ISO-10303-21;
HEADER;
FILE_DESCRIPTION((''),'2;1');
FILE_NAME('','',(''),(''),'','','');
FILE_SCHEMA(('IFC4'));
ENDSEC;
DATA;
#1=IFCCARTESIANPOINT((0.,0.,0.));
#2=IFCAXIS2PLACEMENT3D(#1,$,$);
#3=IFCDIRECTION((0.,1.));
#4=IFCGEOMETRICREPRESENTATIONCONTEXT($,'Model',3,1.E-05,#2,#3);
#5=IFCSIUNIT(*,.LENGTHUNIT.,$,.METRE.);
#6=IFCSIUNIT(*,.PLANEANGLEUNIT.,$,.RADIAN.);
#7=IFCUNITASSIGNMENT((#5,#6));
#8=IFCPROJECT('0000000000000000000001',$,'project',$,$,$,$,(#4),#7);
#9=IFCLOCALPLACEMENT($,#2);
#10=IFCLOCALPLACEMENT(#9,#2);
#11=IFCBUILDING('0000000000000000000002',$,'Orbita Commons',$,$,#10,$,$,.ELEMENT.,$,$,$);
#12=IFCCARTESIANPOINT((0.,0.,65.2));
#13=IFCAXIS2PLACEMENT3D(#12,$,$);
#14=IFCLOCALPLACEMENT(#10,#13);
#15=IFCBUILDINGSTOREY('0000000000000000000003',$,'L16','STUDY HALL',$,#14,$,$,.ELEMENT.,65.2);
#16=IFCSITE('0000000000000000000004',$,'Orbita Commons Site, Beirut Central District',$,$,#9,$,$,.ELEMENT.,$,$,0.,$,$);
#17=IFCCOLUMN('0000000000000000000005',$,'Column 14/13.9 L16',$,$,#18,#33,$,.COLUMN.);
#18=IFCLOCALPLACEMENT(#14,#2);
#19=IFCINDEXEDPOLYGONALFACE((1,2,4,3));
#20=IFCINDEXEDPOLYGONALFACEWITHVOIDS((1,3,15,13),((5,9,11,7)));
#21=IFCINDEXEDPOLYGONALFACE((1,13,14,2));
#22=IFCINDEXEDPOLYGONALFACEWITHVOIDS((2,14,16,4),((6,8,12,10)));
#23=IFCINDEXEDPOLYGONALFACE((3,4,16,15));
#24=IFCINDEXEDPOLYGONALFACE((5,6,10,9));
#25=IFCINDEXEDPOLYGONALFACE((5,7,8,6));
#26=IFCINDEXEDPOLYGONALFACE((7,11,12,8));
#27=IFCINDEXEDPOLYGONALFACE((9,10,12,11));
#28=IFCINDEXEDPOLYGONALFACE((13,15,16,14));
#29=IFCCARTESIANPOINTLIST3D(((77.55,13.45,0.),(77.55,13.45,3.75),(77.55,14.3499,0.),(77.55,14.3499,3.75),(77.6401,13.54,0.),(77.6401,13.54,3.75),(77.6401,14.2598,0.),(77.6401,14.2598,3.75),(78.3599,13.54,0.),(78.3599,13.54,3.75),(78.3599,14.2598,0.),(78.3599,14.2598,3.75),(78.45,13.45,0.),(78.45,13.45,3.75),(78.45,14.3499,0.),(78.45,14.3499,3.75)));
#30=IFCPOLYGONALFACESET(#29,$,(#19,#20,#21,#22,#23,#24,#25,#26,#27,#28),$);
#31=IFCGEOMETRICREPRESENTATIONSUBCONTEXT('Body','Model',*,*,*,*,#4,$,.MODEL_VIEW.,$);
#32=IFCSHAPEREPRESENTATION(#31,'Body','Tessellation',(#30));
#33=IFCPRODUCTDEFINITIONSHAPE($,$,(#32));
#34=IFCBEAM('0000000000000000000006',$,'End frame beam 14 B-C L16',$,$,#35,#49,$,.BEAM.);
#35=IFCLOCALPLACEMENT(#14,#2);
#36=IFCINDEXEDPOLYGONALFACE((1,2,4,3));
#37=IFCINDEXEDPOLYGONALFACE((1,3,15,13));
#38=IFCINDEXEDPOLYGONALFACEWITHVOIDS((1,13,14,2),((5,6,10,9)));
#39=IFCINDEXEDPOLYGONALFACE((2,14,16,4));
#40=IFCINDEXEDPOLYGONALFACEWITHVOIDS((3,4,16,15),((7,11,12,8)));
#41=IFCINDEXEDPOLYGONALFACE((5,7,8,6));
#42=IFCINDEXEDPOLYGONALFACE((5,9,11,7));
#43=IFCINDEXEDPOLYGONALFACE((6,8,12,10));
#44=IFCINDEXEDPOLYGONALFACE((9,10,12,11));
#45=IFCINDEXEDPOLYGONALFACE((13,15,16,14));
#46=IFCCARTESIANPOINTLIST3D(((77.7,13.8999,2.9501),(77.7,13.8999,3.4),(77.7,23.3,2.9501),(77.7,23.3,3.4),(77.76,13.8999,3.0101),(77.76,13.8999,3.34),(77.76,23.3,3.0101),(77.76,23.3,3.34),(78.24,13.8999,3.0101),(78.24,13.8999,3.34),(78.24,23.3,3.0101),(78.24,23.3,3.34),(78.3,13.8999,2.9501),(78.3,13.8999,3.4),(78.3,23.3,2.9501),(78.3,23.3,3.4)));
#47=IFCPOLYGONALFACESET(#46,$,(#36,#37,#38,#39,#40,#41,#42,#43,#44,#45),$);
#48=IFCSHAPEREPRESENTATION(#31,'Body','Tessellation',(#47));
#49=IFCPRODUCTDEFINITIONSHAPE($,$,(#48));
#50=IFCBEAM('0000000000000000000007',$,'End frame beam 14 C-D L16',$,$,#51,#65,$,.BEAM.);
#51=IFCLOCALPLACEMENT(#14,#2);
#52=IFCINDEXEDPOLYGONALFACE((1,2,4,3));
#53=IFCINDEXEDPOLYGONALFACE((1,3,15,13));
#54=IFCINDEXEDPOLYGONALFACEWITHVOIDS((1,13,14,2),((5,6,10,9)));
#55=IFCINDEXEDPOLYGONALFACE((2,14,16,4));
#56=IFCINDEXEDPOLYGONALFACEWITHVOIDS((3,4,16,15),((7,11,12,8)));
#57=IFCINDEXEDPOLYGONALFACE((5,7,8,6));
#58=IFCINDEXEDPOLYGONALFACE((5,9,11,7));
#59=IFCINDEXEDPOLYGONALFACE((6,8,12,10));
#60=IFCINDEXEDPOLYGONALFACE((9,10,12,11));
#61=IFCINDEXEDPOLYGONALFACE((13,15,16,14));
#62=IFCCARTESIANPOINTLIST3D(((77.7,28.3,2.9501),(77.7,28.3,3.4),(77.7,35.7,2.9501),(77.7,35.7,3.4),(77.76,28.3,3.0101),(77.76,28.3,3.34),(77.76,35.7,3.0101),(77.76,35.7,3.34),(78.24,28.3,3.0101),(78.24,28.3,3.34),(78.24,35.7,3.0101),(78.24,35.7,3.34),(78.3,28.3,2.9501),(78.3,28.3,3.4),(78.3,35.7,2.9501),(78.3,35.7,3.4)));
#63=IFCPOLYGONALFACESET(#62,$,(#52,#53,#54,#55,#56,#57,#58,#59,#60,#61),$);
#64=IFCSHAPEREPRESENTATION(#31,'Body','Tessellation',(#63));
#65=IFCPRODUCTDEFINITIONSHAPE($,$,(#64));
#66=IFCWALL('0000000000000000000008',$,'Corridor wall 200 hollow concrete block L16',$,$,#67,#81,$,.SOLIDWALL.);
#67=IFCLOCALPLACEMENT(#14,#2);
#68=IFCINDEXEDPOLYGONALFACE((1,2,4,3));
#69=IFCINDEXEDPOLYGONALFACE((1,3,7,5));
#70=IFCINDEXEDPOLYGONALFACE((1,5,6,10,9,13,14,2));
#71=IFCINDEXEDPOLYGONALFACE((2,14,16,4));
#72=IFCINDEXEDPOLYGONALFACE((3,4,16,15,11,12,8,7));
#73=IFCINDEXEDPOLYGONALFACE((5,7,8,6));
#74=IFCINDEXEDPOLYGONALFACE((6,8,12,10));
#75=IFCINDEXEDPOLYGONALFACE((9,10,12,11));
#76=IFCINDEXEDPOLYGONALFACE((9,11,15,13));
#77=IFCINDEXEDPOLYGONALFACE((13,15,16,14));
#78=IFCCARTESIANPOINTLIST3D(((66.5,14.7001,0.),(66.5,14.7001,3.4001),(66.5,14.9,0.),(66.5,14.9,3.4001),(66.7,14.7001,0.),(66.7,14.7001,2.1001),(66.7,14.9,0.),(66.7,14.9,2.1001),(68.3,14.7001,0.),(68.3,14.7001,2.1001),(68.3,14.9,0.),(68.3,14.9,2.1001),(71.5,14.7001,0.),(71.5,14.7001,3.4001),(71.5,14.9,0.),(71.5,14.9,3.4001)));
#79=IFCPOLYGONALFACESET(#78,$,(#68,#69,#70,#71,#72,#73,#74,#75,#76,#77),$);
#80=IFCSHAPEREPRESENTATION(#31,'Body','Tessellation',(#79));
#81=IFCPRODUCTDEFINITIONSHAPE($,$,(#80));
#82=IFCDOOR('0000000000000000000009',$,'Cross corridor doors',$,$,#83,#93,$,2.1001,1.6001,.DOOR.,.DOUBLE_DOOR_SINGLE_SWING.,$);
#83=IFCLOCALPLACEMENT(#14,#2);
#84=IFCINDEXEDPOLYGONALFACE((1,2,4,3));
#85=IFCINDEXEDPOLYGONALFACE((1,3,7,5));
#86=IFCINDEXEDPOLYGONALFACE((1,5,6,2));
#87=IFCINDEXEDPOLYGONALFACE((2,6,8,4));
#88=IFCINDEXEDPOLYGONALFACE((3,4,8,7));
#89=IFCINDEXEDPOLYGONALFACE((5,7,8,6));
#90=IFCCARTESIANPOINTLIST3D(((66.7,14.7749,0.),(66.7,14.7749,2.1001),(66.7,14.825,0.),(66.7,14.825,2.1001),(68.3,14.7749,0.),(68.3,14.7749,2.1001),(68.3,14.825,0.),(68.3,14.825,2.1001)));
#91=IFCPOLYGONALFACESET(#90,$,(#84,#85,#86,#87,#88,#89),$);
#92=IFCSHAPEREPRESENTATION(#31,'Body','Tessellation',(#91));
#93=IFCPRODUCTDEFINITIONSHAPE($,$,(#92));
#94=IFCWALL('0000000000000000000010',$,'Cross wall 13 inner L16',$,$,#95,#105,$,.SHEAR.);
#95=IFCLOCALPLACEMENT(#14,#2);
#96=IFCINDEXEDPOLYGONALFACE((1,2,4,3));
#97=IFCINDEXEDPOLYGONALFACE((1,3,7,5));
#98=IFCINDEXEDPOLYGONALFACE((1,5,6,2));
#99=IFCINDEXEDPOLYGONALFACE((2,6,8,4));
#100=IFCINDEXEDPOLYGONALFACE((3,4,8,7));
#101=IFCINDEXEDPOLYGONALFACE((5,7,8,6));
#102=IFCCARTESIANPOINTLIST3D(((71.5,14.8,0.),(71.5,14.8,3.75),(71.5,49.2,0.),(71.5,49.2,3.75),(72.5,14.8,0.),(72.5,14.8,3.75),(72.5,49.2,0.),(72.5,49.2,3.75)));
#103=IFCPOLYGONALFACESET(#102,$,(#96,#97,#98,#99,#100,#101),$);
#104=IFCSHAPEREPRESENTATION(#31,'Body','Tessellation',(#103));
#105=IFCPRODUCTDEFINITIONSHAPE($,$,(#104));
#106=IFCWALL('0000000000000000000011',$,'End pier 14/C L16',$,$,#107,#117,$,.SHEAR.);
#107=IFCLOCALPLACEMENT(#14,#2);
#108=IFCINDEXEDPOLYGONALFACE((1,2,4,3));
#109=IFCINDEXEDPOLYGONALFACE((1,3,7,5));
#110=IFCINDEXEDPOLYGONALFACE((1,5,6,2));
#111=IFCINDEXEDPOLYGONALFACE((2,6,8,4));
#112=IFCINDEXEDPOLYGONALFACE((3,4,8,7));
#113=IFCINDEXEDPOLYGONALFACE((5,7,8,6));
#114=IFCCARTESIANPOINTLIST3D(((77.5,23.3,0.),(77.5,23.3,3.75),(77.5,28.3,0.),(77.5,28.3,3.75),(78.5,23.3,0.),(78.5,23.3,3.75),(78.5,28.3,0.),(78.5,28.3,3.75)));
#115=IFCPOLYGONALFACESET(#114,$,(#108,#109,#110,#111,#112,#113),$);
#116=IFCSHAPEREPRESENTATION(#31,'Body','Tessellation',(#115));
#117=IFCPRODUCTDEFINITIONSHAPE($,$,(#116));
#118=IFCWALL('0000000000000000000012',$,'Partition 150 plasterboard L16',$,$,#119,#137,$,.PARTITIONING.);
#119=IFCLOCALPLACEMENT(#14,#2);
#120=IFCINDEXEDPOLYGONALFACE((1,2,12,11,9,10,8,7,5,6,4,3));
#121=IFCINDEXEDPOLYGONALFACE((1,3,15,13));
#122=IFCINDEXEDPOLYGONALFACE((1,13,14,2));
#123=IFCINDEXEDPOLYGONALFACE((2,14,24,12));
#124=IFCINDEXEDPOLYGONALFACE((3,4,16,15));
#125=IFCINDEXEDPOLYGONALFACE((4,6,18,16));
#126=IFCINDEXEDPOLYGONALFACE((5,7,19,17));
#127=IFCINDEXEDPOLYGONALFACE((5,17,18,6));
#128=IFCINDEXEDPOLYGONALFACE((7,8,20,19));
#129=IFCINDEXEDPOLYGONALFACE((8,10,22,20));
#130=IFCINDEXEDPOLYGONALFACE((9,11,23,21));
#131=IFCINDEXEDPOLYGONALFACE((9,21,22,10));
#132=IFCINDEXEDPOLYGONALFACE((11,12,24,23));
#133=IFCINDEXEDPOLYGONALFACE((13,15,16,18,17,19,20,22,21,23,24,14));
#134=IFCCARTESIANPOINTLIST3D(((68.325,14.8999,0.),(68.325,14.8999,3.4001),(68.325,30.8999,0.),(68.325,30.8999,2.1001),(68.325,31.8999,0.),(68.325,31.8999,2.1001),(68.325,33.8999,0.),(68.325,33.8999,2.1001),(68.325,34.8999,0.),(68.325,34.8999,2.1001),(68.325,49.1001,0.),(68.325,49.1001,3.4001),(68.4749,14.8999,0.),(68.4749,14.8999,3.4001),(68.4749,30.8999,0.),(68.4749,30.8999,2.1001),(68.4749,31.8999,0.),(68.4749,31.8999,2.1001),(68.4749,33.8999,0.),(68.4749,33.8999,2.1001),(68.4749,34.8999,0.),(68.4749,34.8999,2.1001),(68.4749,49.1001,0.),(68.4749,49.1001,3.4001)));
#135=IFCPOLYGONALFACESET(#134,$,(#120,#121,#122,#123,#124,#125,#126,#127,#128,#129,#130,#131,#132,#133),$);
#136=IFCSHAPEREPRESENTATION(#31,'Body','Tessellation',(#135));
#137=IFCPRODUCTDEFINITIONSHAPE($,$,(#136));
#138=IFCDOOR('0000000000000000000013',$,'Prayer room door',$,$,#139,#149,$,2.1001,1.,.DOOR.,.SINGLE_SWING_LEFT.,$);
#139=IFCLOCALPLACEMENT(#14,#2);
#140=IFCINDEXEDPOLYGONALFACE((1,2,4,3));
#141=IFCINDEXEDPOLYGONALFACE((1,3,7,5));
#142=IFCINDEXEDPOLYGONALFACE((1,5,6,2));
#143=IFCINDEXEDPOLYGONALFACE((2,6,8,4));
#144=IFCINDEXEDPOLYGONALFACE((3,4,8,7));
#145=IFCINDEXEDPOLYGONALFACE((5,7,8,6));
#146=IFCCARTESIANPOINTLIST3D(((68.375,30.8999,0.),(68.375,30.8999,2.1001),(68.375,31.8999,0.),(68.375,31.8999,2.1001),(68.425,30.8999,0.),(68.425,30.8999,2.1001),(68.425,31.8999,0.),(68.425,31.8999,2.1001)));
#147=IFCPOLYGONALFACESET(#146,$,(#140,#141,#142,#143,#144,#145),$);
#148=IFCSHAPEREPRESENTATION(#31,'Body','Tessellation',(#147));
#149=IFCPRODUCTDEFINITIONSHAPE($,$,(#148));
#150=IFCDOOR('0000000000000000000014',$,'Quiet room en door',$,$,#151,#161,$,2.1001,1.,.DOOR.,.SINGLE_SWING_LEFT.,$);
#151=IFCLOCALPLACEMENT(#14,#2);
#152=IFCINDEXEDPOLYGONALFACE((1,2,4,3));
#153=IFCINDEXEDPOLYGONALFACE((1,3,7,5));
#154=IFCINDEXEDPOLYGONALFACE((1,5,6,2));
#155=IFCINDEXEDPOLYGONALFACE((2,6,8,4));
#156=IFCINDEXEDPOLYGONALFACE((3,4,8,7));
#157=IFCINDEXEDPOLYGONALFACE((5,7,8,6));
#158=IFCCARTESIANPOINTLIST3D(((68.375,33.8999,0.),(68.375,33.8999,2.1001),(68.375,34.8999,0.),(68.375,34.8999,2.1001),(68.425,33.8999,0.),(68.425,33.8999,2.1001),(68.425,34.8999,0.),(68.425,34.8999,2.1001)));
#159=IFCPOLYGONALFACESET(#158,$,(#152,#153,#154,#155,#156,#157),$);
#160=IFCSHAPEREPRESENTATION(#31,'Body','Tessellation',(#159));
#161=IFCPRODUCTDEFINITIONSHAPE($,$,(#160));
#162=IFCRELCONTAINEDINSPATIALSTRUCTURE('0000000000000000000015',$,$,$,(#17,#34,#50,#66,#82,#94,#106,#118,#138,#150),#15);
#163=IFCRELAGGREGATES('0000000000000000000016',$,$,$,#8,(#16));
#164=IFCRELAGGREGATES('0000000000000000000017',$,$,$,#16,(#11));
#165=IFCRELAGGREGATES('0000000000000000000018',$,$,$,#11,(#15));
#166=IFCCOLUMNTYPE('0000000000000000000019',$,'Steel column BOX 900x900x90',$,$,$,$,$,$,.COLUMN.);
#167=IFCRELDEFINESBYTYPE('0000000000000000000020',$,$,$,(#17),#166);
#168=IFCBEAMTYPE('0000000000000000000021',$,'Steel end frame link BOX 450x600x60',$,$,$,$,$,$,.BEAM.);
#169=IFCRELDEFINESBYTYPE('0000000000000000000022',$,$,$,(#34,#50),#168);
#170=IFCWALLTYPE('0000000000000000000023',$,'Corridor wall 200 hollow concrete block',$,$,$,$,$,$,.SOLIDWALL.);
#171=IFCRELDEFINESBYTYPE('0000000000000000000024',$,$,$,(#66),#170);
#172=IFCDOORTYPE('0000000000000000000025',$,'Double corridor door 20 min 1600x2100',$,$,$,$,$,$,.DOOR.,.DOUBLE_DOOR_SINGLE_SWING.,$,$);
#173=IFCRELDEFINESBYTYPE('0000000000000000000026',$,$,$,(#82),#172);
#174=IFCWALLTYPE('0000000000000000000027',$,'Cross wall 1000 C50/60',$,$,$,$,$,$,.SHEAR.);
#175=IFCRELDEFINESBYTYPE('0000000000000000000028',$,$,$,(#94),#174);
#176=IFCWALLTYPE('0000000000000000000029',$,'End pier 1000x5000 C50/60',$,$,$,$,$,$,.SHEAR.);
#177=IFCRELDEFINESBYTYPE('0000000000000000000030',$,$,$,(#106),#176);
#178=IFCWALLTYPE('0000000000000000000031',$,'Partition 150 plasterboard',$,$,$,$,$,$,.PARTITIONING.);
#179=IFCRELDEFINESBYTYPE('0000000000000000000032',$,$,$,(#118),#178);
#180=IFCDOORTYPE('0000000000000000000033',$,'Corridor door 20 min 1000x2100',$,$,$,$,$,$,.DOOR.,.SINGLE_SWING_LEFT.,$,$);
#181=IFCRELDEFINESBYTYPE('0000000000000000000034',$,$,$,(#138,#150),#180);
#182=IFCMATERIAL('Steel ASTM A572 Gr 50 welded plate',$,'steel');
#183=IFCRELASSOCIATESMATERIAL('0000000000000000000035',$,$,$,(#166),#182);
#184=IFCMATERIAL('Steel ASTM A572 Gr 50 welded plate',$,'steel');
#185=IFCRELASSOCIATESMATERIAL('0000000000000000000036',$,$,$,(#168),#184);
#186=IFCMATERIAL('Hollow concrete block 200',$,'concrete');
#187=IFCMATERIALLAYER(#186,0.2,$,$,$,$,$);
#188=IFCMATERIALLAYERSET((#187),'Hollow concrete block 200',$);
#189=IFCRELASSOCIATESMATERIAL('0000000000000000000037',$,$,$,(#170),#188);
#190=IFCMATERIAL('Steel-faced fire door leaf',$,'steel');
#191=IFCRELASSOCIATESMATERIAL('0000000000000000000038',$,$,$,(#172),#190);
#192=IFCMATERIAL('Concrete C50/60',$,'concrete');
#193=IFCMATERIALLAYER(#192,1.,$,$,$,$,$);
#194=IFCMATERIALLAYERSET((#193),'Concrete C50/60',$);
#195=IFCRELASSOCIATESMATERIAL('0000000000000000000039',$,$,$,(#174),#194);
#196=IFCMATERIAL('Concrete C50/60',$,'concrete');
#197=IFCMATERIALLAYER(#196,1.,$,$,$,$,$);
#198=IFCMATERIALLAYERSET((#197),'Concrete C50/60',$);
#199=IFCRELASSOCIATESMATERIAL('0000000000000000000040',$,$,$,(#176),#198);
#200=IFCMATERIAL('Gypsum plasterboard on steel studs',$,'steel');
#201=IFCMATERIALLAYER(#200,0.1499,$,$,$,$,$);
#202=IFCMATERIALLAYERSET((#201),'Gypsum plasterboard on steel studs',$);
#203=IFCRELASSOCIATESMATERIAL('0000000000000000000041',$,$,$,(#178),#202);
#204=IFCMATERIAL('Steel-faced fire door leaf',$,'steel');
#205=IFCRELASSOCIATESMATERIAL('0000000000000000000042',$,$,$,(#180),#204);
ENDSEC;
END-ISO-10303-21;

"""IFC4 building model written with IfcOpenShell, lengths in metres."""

from ifc_helpers import new_model, si_unit, direction, frame, frame_2d, origin, origin_2d, place, context, subcontext, project, spatial, rectangle, hollow_rectangle, extrude, material, layer, layer_set, material_profile, profile_set, type_object, element, fill, save


model = new_model("IFC4")

# Units and contexts
model_context = context("Model", 3, precision=1e-05, world=origin(), true_north=direction((0.0, 1.0)))
body_context = subcontext(model_context, "Body", "Model", "MODEL_VIEW")
ifc_project = project(units=[si_unit("LENGTHUNIT", "METRE"), si_unit("PLANEANGLEUNIT", "RADIAN")], contexts=[model_context])

# Site, building, storey
site_placement = place(None, origin())
site = spatial("IfcSite", under=ifc_project, at=site_placement, Name="Orbita Commons Site, Beirut Central District", CompositionType="ELEMENT", RefElevation=0.0)
building_placement = place(site_placement, origin())
building = spatial("IfcBuilding", under=site, at=building_placement, Name="Orbita Commons", CompositionType="ELEMENT")
storey_placement = place(building_placement, frame((0.0, 0.0, 65.2)))
storey = spatial("IfcBuildingStorey", under=building, at=storey_placement, Name="L16", Description="STUDY HALL", CompositionType="ELEMENT", Elevation=65.2)

# Column
ifc_material_1 = material(Name="Steel ASTM A572 Gr 50 welded plate", Category="steel")
ifc_material_profile_1 = material_profile(ifc_material_1, hollow_rectangle(XDim=0.8999, YDim=0.8999, WallThickness=0.0901, at=origin_2d()), Name="BOX 900x900x90")
ifc_profile_set_1 = profile_set([ifc_material_profile_1], Name="Steel ASTM A572 Gr 50 welded plate")
column_type = type_object("IfcColumnType", Name="Steel column BOX 900x900x90", PredefinedType="COLUMN", material=ifc_profile_set_1)
column_placement = place(storey_placement, frame((78.0, 13.8999, 0.0), z_axis=(0.0, 0.0, 1.0), x_axis=(1.0, 0.0, 0.0)))
element("IfcColumn", 1, at=column_placement, inside=storey, type_object=column_type, Name="Column 14/13.9 L16", PredefinedType="COLUMN", context=body_context, shape_type="SweptSolid", body=[
    extrude(hollow_rectangle(XDim=0.8999, YDim=0.8999, WallThickness=0.0901, at=origin_2d()), origin(), (0.0, 0.0, 1.0), 3.75),
])

# Beams
ifc_material_2 = material(Name="Steel ASTM A572 Gr 50 welded plate", Category="steel")
ifc_material_profile_2 = material_profile(ifc_material_2, hollow_rectangle(XDim=0.6001, YDim=0.45, WallThickness=0.0601, at=origin_2d()), Name="BOX 450x600x60")
ifc_profile_set_2 = profile_set([ifc_material_profile_2], Name="Steel ASTM A572 Gr 50 welded plate")
beam_type = type_object("IfcBeamType", Name="Steel end frame link BOX 450x600x60", PredefinedType="BEAM", material=ifc_profile_set_2)
beam_1_placement = place(storey_placement, frame((78.0, 13.8999, 3.175), z_axis=(0.0, 1.0, 0.0), x_axis=(-1.0, 0.0, 0.0)))
element("IfcBeam", 2, at=beam_1_placement, inside=storey, type_object=beam_type, Name="End frame beam 14 B-C L16", PredefinedType="BEAM", context=body_context, shape_type="SweptSolid", body=[
    extrude(hollow_rectangle(XDim=0.6001, YDim=0.45, WallThickness=0.0601, at=origin_2d()), origin(), (0.0, 0.0, 1.0), 9.4001),
])
beam_2_placement = place(storey_placement, frame((78.0, 28.3, 3.175), z_axis=(0.0, 1.0, 0.0), x_axis=(-1.0, 0.0, 0.0)))
element("IfcBeam", 3, at=beam_2_placement, inside=storey, type_object=beam_type, Name="End frame beam 14 C-D L16", PredefinedType="BEAM", context=body_context, shape_type="SweptSolid", body=[
    extrude(hollow_rectangle(XDim=0.6001, YDim=0.45, WallThickness=0.0601, at=origin_2d()), origin(), (0.0, 0.0, 1.0), 7.3999),
])

# Wall, opening, door
ifc_material_3 = material(Name="Hollow concrete block 200", Category="concrete")
ifc_layer_1 = layer(ifc_material_3, 0.2)
ifc_layer_set_1 = layer_set([ifc_layer_1], Name="Hollow concrete block 200")
wall_type_1 = type_object("IfcWallType", Name="Corridor wall 200 hollow concrete block", PredefinedType="SOLIDWALL", material=ifc_layer_set_1)
wall_1_placement = place(storey_placement, frame((66.5, 14.8, 0.0), z_axis=(0.0, 0.0, 1.0), x_axis=(1.0, 0.0, 0.0)))
wall_1 = element("IfcWall", 4, at=wall_1_placement, inside=storey, type_object=wall_type_1, Name="Corridor wall 200 hollow concrete block L16", PredefinedType="SOLIDWALL", context=body_context, shape_type="SweptSolid", body=[
    extrude(rectangle(XDim=5.0, YDim=0.2, at=frame_2d((2.5, 0.0))), origin(), (0.0, 0.0, 1.0), 3.4001),
])
opening_1_placement = place(wall_1_placement, frame((0.2, 0.0, 0.0)))
opening_1 = element("IfcOpeningElement", 5, at=opening_1_placement, cuts=wall_1, PredefinedType="OPENING", context=body_context, shape_type="SweptSolid", body=[
    extrude(rectangle(XDim=1.6001, YDim=2.1001, at=frame_2d((0.8, 1.05))), frame((0.0, 0.1099, 0.0), z_axis=(0.0, -1.0, 0.0), x_axis=(1.0, 0.0, 0.0)), (0.0, 0.0, 1.0), 0.22),
])
ifc_material_4 = material(Name="Steel-faced fire door leaf", Category="steel")
door_type_1 = type_object("IfcDoorType", Name="Double corridor door 20 min 1600x2100", OperationType="DOUBLE_DOOR_SINGLE_SWING", PredefinedType="DOOR", material=ifc_material_4)
door_1_placement = place(opening_1_placement, origin())
door_1 = element("IfcDoor", 6, at=door_1_placement, inside=storey, type_object=door_type_1, Name="Cross corridor doors", OperationType="DOUBLE_DOOR_SINGLE_SWING", OverallHeight=2.1001, OverallWidth=1.6001, PredefinedType="DOOR", context=body_context, shape_type="SweptSolid", body=[
    extrude(rectangle(XDim=1.6001, YDim=2.1001, at=frame_2d((0.8, 1.05))), frame((0.0, 0.0249, 0.0), z_axis=(0.0, -1.0, 0.0), x_axis=(1.0, 0.0, 0.0)), (0.0, 0.0, 1.0), 0.05),
])
fill(opening_1, door_1)

# Walls
ifc_material_5 = material(Name="Concrete C50/60", Category="concrete")
ifc_layer_2 = layer(ifc_material_5, 1.0)
ifc_layer_set_2 = layer_set([ifc_layer_2], Name="Concrete C50/60")
wall_type_2 = type_object("IfcWallType", Name="Cross wall 1000 C50/60", PredefinedType="SHEAR", material=ifc_layer_set_2)
wall_2_placement = place(storey_placement, frame((72.0, 14.8, 0.0), z_axis=(0.0, 0.0, 1.0), x_axis=(0.0, 1.0, 0.0)))
element("IfcWall", 7, at=wall_2_placement, inside=storey, type_object=wall_type_2, Name="Cross wall 13 inner L16", PredefinedType="SHEAR", context=body_context, shape_type="SweptSolid", body=[
    extrude(rectangle(XDim=34.3999, YDim=1.0, at=frame_2d((17.2, 0.0))), origin(), (0.0, 0.0, 1.0), 3.75),
])
ifc_material_6 = material(Name="Concrete C50/60", Category="concrete")
ifc_layer_3 = layer(ifc_material_6, 1.0)
ifc_layer_set_3 = layer_set([ifc_layer_3], Name="Concrete C50/60")
wall_type_3 = type_object("IfcWallType", Name="End pier 1000x5000 C50/60", PredefinedType="SHEAR", material=ifc_layer_set_3)
wall_3_placement = place(storey_placement, frame((78.0, 23.3, 0.0), z_axis=(0.0, 0.0, 1.0), x_axis=(0.0, 1.0, 0.0)))
element("IfcWall", 8, at=wall_3_placement, inside=storey, type_object=wall_type_3, Name="End pier 14/C L16", PredefinedType="SHEAR", context=body_context, shape_type="SweptSolid", body=[
    extrude(rectangle(XDim=5.0, YDim=1.0, at=frame_2d((2.5, 0.0))), origin(), (0.0, 0.0, 1.0), 3.75),
])

# Wall, openings, doors
ifc_material_7 = material(Name="Gypsum plasterboard on steel studs", Category="steel")
ifc_layer_4 = layer(ifc_material_7, 0.1499)
ifc_layer_set_4 = layer_set([ifc_layer_4], Name="Gypsum plasterboard on steel studs")
wall_type_4 = type_object("IfcWallType", Name="Partition 150 plasterboard", PredefinedType="PARTITIONING", material=ifc_layer_set_4)
wall_4_placement = place(storey_placement, frame((68.3999, 14.8999, 0.0), z_axis=(0.0, 0.0, 1.0), x_axis=(0.0, 1.0, 0.0)))
wall_4 = element("IfcWall", 9, at=wall_4_placement, inside=storey, type_object=wall_type_4, Name="Partition 150 plasterboard L16", PredefinedType="PARTITIONING", context=body_context, shape_type="SweptSolid", body=[
    extrude(rectangle(XDim=34.2002, YDim=0.1499, at=frame_2d((17.1001, 0.0))), origin(), (0.0, 0.0, 1.0), 3.4001),
])
opening_2_placement = place(wall_4_placement, frame((16.0, 0.0, 0.0)))
opening_2 = element("IfcOpeningElement", 10, at=opening_2_placement, cuts=wall_4, PredefinedType="OPENING", context=body_context, shape_type="SweptSolid", body=[
    extrude(rectangle(XDim=1.0, YDim=2.1001, at=frame_2d((0.5, 1.05))), frame((0.0, 0.085, 0.0), z_axis=(0.0, -1.0, 0.0), x_axis=(1.0, 0.0, 0.0)), (0.0, 0.0, 1.0), 0.1699),
])
opening_3_placement = place(wall_4_placement, frame((19.0, 0.0, 0.0)))
opening_3 = element("IfcOpeningElement", 11, at=opening_3_placement, cuts=wall_4, PredefinedType="OPENING", context=body_context, shape_type="SweptSolid", body=[
    extrude(rectangle(XDim=1.0, YDim=2.1001, at=frame_2d((0.5, 1.05))), frame((0.0, 0.085, 0.0), z_axis=(0.0, -1.0, 0.0), x_axis=(1.0, 0.0, 0.0)), (0.0, 0.0, 1.0), 0.1699),
])
ifc_material_8 = material(Name="Steel-faced fire door leaf", Category="steel")
door_type_2 = type_object("IfcDoorType", Name="Corridor door 20 min 1000x2100", OperationType="SINGLE_SWING_LEFT", PredefinedType="DOOR", material=ifc_material_8)
door_2_placement = place(opening_2_placement, origin())
door_2 = element("IfcDoor", 12, at=door_2_placement, inside=storey, type_object=door_type_2, Name="Prayer room door", OperationType="SINGLE_SWING_LEFT", OverallHeight=2.1001, OverallWidth=1.0, PredefinedType="DOOR", context=body_context, shape_type="SweptSolid", body=[
    extrude(rectangle(XDim=1.0, YDim=2.1001, at=frame_2d((0.5, 1.05))), frame((0.0, 0.0249, 0.0), z_axis=(0.0, -1.0, 0.0), x_axis=(1.0, 0.0, 0.0)), (0.0, 0.0, 1.0), 0.05),
])
fill(opening_2, door_2)
door_3_placement = place(opening_3_placement, origin())
door_3 = element("IfcDoor", 13, at=door_3_placement, inside=storey, type_object=door_type_2, Name="Quiet room en door", OperationType="SINGLE_SWING_LEFT", OverallHeight=2.1001, OverallWidth=1.0, PredefinedType="DOOR", context=body_context, shape_type="SweptSolid", body=[
    extrude(rectangle(XDim=1.0, YDim=2.1001, at=frame_2d((0.5, 1.05))), frame((0.0, 0.0249, 0.0), z_axis=(0.0, -1.0, 0.0), x_axis=(1.0, 0.0, 0.0)), (0.0, 0.0, 1.0), 0.05),
])
fill(opening_3, door_3)

save(model, "model.ifc")
